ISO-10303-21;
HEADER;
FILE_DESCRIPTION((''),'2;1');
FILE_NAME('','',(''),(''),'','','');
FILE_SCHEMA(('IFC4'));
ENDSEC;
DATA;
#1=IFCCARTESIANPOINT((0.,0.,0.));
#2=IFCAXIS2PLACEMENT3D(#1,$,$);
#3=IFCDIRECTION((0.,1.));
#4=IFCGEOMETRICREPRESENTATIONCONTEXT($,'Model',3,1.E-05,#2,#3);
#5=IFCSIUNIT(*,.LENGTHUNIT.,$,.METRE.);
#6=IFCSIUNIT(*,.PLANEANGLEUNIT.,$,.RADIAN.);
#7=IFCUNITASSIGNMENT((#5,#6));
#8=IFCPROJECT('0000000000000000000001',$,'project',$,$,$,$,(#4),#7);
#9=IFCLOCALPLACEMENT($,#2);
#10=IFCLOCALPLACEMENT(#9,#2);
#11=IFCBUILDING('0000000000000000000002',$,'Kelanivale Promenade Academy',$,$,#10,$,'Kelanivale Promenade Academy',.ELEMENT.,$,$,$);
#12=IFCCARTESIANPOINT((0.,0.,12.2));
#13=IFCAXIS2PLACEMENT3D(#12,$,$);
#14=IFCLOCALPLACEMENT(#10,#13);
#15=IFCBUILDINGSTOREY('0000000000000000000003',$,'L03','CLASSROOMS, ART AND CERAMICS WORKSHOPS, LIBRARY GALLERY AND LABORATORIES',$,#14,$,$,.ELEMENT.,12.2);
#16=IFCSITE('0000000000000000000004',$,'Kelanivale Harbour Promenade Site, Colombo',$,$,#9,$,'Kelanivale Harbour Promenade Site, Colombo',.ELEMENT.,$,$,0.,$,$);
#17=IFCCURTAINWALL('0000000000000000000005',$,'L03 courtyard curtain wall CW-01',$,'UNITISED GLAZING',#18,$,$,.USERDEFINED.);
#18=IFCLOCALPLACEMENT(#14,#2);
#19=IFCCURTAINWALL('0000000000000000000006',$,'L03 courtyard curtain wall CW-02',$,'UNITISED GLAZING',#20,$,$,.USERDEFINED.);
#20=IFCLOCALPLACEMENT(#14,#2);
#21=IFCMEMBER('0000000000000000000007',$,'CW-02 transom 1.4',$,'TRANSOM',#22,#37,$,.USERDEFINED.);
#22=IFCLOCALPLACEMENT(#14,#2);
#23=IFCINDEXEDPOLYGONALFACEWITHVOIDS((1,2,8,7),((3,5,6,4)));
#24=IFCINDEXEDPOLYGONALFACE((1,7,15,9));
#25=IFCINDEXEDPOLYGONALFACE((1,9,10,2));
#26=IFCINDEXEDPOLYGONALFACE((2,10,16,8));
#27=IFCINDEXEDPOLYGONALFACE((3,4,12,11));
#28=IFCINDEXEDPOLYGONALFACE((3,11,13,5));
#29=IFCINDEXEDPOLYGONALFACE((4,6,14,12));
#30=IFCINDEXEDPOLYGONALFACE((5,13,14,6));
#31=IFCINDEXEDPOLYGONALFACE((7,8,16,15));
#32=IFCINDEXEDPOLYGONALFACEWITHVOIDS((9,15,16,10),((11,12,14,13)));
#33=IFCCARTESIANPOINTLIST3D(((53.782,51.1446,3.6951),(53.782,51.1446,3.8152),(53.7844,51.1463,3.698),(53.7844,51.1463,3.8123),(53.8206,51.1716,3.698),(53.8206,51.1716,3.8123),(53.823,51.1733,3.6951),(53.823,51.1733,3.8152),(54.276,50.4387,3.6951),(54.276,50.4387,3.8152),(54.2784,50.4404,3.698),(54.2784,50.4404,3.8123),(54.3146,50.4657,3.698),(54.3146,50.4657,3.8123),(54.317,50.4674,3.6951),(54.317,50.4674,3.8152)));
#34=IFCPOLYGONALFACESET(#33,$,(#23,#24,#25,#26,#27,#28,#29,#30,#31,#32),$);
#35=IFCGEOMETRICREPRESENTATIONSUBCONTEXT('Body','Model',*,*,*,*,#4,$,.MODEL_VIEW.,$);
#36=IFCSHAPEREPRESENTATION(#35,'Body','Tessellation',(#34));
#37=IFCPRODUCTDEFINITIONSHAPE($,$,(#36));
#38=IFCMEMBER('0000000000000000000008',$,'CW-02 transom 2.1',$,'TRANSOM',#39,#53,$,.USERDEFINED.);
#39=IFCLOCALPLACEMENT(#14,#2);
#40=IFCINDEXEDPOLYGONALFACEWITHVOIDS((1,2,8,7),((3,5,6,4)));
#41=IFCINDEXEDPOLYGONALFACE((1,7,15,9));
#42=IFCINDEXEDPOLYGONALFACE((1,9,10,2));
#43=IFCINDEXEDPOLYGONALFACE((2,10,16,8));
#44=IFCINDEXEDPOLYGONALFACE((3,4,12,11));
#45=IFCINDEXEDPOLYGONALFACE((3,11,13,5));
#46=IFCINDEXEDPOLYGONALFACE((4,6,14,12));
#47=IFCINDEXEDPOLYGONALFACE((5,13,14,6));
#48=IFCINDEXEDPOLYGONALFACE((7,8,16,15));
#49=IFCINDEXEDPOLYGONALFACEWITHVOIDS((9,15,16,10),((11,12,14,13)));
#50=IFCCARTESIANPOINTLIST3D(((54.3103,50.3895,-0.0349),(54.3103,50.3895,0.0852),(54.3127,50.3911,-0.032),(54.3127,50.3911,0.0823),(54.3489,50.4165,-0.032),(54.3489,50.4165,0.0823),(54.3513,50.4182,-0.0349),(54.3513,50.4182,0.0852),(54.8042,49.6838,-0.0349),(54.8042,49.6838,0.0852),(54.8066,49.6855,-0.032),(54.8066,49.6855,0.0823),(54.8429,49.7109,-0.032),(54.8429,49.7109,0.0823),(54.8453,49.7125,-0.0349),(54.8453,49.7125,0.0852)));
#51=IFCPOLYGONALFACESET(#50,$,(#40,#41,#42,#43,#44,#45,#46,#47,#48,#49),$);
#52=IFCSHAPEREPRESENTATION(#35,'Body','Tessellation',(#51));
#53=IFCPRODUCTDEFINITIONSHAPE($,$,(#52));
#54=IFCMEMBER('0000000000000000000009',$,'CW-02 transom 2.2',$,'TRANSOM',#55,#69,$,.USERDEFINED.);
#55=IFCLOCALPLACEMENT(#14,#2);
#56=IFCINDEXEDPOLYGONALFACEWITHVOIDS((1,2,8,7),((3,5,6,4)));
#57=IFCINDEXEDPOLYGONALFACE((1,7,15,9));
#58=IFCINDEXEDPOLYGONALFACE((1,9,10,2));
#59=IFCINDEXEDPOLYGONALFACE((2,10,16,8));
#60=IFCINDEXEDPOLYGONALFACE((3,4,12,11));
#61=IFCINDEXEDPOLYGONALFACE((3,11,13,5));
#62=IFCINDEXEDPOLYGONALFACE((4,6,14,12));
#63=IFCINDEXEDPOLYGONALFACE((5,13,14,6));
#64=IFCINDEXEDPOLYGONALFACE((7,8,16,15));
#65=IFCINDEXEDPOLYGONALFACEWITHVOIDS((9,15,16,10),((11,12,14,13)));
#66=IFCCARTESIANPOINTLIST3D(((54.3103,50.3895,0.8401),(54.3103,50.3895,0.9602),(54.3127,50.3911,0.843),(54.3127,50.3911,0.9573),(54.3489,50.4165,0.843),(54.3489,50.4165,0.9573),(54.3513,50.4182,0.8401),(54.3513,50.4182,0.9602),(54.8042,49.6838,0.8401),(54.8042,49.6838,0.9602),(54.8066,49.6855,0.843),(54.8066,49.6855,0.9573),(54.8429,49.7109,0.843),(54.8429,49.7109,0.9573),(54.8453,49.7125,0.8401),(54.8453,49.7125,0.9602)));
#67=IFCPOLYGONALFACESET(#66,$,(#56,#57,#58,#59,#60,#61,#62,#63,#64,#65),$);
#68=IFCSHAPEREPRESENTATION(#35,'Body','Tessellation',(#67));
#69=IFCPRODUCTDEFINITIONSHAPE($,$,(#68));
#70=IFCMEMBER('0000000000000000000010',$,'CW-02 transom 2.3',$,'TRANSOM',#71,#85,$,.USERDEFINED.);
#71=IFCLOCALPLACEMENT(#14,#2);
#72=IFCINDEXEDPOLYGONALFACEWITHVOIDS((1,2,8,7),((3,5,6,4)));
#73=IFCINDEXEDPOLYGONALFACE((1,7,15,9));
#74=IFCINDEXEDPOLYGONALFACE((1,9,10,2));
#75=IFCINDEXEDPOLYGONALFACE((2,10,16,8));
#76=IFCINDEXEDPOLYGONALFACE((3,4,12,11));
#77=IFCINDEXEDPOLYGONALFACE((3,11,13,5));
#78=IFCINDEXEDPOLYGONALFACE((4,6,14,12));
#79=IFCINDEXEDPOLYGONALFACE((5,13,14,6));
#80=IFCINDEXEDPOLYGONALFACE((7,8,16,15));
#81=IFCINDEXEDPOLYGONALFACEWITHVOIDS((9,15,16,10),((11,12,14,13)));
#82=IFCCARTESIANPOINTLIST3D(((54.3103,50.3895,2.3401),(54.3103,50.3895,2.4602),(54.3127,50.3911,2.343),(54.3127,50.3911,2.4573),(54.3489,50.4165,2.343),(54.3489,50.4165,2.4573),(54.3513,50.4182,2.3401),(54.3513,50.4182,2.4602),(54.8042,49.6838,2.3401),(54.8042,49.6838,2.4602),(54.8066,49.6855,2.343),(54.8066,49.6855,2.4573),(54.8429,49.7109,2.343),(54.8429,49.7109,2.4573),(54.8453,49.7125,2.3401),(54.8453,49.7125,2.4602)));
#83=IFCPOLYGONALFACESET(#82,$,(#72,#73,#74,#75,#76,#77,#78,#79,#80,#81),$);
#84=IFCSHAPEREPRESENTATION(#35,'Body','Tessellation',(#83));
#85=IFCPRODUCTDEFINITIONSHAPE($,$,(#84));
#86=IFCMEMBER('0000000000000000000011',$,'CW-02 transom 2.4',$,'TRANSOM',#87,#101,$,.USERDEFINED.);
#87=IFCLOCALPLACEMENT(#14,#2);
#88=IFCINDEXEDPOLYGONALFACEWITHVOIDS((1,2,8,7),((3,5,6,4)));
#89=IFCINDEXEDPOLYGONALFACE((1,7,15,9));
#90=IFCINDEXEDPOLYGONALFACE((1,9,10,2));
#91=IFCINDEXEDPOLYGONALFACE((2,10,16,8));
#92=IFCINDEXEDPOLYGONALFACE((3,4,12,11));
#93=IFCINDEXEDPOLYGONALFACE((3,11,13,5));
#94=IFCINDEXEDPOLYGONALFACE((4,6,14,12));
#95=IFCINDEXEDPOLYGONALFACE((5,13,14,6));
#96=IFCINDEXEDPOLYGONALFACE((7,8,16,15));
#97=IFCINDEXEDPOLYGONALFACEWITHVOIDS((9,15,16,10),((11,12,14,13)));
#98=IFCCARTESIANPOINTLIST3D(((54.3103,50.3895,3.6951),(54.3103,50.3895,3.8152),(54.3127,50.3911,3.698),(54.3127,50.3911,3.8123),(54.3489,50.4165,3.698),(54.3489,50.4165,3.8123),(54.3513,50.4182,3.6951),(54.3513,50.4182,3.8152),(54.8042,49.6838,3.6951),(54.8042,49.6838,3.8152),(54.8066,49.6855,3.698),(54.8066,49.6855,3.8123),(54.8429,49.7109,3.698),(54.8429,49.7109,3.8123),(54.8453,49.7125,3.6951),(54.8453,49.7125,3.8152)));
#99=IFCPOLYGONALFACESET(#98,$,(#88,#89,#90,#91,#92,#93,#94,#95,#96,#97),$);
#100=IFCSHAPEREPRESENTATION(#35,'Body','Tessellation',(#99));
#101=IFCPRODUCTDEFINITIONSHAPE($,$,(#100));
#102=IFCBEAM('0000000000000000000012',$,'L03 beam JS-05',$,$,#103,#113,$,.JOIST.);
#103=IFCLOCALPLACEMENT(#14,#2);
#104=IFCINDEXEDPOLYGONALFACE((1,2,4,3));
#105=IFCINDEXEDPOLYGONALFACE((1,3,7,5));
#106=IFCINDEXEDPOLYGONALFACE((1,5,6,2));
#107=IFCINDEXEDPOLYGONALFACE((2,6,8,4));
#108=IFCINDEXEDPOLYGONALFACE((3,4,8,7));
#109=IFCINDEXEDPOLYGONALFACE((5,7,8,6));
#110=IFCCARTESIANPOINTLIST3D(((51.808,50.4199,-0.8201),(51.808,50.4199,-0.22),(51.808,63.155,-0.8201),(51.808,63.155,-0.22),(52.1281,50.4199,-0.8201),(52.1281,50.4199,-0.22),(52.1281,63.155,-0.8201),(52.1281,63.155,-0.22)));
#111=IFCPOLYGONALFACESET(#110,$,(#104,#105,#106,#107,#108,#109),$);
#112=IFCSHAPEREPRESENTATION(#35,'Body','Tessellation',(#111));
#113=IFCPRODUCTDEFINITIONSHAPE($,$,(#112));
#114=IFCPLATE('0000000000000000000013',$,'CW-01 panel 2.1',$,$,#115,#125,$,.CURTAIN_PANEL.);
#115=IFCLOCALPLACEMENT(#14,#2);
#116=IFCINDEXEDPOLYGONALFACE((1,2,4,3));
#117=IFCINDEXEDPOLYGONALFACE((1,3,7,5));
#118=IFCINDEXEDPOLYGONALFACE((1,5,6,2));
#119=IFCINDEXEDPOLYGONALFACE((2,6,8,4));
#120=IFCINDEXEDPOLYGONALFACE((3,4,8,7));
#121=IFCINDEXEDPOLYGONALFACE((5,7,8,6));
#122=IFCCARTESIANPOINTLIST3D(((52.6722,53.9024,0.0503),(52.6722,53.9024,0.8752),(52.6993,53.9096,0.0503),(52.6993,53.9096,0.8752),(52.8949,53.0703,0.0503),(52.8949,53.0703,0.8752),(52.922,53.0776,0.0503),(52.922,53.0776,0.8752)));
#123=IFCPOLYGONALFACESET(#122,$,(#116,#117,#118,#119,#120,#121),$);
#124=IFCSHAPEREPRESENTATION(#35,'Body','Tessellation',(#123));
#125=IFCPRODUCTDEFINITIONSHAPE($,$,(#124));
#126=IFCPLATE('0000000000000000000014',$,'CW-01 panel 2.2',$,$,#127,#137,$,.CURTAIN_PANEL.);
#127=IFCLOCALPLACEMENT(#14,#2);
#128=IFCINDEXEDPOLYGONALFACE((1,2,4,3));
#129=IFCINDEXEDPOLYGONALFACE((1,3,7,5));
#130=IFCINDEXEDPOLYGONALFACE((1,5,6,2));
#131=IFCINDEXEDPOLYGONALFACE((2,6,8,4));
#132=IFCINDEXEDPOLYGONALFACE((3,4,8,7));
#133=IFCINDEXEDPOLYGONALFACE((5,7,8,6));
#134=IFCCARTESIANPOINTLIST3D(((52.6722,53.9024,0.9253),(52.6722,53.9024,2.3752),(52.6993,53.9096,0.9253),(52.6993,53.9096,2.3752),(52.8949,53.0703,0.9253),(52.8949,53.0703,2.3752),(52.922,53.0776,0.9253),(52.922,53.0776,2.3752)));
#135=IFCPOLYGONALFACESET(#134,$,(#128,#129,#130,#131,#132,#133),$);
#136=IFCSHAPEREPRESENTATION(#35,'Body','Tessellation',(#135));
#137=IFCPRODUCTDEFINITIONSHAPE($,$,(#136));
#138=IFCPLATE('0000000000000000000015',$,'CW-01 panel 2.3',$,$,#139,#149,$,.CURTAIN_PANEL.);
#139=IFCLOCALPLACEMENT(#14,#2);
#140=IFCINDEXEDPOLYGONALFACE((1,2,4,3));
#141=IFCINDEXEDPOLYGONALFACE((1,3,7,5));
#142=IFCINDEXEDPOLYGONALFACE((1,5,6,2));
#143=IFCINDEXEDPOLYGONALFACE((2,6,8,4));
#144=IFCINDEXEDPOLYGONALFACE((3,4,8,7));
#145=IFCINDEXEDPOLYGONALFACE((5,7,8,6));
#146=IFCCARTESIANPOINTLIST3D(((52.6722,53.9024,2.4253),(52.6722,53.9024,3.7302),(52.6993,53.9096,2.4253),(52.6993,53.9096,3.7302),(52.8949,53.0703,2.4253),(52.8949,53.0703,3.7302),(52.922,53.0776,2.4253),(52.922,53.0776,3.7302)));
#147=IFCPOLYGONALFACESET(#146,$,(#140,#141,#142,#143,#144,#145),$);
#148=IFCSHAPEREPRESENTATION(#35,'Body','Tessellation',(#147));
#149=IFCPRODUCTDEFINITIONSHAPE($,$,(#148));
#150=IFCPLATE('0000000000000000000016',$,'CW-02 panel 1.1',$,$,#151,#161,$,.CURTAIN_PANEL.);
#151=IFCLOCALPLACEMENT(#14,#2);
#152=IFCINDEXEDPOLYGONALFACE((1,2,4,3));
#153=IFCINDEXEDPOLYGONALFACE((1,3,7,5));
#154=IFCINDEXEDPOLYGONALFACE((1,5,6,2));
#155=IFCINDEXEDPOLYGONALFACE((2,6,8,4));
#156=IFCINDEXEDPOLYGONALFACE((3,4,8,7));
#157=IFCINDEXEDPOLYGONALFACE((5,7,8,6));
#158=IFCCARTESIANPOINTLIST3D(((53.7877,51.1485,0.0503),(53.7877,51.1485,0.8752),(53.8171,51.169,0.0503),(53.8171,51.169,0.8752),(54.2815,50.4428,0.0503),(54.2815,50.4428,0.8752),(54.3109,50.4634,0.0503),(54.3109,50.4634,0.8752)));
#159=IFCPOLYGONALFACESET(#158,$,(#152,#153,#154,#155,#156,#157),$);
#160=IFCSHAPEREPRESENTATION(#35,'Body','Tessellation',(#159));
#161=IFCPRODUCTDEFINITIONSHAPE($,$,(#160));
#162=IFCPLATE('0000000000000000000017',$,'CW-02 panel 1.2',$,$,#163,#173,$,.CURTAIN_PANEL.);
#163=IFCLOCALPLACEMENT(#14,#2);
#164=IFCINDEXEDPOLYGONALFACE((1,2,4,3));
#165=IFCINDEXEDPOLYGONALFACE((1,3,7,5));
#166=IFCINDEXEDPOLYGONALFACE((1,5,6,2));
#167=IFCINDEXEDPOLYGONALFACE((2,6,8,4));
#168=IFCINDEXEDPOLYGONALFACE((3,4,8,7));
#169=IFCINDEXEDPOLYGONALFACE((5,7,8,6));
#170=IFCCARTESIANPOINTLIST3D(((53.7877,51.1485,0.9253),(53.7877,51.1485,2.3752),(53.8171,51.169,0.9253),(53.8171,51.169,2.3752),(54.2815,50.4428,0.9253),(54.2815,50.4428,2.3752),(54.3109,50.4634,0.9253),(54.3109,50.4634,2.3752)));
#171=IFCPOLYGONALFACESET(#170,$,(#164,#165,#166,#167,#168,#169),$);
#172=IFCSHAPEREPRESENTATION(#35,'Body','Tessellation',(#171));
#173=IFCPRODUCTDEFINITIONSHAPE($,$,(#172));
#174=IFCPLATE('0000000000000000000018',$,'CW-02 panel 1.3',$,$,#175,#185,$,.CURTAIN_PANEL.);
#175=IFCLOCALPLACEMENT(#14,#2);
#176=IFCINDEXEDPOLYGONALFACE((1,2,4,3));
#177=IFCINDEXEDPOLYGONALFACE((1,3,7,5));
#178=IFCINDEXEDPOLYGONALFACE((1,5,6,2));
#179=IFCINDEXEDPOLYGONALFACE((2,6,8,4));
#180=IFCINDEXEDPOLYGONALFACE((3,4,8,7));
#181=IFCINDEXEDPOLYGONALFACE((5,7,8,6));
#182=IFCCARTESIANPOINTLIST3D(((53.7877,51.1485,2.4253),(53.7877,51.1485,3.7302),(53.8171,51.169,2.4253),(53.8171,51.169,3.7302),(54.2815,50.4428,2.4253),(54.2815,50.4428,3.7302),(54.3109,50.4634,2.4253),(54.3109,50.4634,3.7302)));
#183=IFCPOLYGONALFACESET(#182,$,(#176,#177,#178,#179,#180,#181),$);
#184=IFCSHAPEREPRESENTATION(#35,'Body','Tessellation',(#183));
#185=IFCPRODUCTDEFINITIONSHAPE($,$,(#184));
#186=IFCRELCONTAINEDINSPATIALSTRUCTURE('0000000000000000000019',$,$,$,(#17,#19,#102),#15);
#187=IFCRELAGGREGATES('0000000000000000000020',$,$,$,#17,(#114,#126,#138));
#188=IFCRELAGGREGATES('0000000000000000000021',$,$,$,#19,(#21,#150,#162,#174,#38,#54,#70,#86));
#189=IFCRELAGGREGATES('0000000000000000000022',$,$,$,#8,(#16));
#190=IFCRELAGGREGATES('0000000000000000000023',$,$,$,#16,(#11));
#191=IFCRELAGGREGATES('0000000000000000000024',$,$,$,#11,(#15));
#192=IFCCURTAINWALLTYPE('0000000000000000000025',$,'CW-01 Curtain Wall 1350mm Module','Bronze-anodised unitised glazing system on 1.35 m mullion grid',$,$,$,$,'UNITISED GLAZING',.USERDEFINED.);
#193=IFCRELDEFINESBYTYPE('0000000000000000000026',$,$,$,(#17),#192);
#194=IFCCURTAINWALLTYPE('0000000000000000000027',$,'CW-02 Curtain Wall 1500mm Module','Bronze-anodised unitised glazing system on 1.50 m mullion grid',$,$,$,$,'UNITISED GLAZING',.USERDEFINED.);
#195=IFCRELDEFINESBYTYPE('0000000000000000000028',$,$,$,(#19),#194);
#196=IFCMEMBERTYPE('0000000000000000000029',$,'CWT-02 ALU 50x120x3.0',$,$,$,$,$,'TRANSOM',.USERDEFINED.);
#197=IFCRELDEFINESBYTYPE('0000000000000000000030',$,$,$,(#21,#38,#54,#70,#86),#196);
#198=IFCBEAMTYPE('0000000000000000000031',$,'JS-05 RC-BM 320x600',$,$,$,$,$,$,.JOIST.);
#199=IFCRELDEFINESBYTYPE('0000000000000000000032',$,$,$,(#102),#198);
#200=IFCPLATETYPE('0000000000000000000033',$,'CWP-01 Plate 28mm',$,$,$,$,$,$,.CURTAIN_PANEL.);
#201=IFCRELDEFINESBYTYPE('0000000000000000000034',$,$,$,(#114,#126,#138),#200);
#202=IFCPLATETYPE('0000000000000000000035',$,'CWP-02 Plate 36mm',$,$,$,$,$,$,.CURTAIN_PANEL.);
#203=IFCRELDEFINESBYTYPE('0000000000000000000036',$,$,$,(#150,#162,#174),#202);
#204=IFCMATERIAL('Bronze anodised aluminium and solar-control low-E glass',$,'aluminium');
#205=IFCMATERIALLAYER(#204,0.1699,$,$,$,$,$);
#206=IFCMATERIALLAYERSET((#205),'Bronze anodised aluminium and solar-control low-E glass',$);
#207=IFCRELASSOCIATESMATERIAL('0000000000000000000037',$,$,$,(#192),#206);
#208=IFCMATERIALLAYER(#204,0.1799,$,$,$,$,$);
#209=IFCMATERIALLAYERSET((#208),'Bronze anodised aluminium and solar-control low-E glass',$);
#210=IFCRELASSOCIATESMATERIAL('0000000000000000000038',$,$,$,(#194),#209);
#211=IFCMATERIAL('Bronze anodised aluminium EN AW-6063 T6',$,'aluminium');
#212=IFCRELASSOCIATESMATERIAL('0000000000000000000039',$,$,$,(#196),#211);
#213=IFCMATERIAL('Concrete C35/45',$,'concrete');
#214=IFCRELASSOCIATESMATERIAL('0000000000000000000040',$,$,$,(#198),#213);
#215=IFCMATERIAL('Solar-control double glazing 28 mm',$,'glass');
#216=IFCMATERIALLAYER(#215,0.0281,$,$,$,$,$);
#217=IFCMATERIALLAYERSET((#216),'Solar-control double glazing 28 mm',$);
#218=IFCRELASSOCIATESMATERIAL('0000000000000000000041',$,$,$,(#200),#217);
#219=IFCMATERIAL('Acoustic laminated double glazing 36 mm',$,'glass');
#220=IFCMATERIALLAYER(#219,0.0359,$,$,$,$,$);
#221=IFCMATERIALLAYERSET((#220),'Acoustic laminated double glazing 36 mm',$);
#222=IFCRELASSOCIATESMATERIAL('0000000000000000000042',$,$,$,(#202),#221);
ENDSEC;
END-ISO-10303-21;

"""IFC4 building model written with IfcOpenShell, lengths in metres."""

from ifc_helpers import new_model, si_unit, direction, frame, origin, origin_2d, place, context, subcontext, project, spatial, rectangle, hollow_rectangle, extrude, material, layer, layer_set, material_profile, profile_set, type_object, element, aggregate, save


model = new_model("IFC4")

# Units and contexts
model_context = context("Model", 3, precision=1e-05, world=origin(), true_north=direction((0.0, 1.0)))
body_context = subcontext(model_context, "Body", "Model", "MODEL_VIEW")
ifc_project = project(units=[si_unit("LENGTHUNIT", "METRE"), si_unit("PLANEANGLEUNIT", "RADIAN")], contexts=[model_context])

# Site, building, storey
site_placement = place(None, origin())
site = spatial("IfcSite", under=ifc_project, at=site_placement, Name="Kelanivale Harbour Promenade Site, Colombo", LongName="Kelanivale Harbour Promenade Site, Colombo", CompositionType="ELEMENT", RefElevation=0.0)
building_placement = place(site_placement, origin())
building = spatial("IfcBuilding", under=site, at=building_placement, Name="Kelanivale Promenade Academy", LongName="Kelanivale Promenade Academy", CompositionType="ELEMENT")
storey_placement = place(building_placement, frame((0.0, 0.0, 12.2)))
storey = spatial("IfcBuildingStorey", under=building, at=storey_placement, Name="L03", Description="CLASSROOMS, ART AND CERAMICS WORKSHOPS, LIBRARY GALLERY AND LABORATORIES", CompositionType="ELEMENT", Elevation=12.2)

# Curtain wall
ifc_material_1 = material(Name="Bronze anodised aluminium and solar-control low-E glass", Category="aluminium")
ifc_layer_1 = layer(ifc_material_1, 0.1699)
ifc_layer_set_1 = layer_set([ifc_layer_1], Name="Bronze anodised aluminium and solar-control low-E glass")
curtain_wall_type_1 = type_object("IfcCurtainWallType", Name="CW-01 Curtain Wall 1350mm Module", Description="Bronze-anodised unitised glazing system on 1.35 m mullion grid", ElementType="UNITISED GLAZING", PredefinedType="USERDEFINED", material=ifc_layer_set_1)
curtain_wall_1_placement = place(storey_placement, origin())
curtain_wall_1 = element("IfcCurtainWall", 1, at=curtain_wall_1_placement, inside=storey, type_object=curtain_wall_type_1, Name="L03 courtyard curtain wall CW-01", ObjectType="UNITISED GLAZING", PredefinedType="USERDEFINED")
ifc_material_2 = material(Name="Bronze anodised aluminium EN AW-6063 T6", Category="aluminium")

# Curtain wall
ifc_layer_2 = layer(ifc_material_1, 0.1799)
ifc_layer_set_2 = layer_set([ifc_layer_2], Name="Bronze anodised aluminium and solar-control low-E glass")
curtain_wall_type_2 = type_object("IfcCurtainWallType", Name="CW-02 Curtain Wall 1500mm Module", Description="Bronze-anodised unitised glazing system on 1.50 m mullion grid", ElementType="UNITISED GLAZING", PredefinedType="USERDEFINED", material=ifc_layer_set_2)
curtain_wall_2_placement = place(storey_placement, origin())
curtain_wall_2 = element("IfcCurtainWall", 2, at=curtain_wall_2_placement, inside=storey, type_object=curtain_wall_type_2, Name="L03 courtyard curtain wall CW-02", ObjectType="UNITISED GLAZING", PredefinedType="USERDEFINED")

# Members
ifc_material_profile_1 = material_profile(ifc_material_2, hollow_rectangle(XDim=0.05, YDim=0.1201, WallThickness=0.0029, at=origin_2d()), Name="ALU 50x120x3.0")
ifc_profile_set_1 = profile_set([ifc_material_profile_1], Name="Bronze anodised aluminium EN AW-6063 T6")
member_type_1 = type_object("IfcMemberType", Name="CWT-02 ALU 50x120x3.0", ElementType="TRANSOM", PredefinedType="USERDEFINED", material=ifc_profile_set_1)
member_1_placement = place(storey_placement, frame((53.8025, 51.1589, 3.7551), z_axis=(0.573329, -0.819325, 0.0), x_axis=(0.819325, 0.573329, 0.0)))
member_1 = element("IfcMember", 3, at=member_1_placement, type_object=member_type_1, Name="CW-02 transom 1.4", ObjectType="TRANSOM", PredefinedType="USERDEFINED", context=body_context, shape_type="SweptSolid", body=[
    extrude(hollow_rectangle(XDim=0.05, YDim=0.1201, WallThickness=0.0029, at=origin_2d()), origin(), (0.0, 0.0, 1.0), 0.8616),
])
member_2_placement = place(storey_placement, frame((54.3308, 50.4038, 0.0251), z_axis=(0.573462, -0.819232, 0.0), x_axis=(0.819232, 0.573462, 0.0)))
member_2 = element("IfcMember", 4, at=member_2_placement, type_object=member_type_1, Name="CW-02 transom 2.1", ObjectType="TRANSOM", PredefinedType="USERDEFINED", context=body_context, shape_type="SweptSolid", body=[
    extrude(hollow_rectangle(XDim=0.05, YDim=0.1201, WallThickness=0.0029, at=origin_2d()), origin(), (0.0, 0.0, 1.0), 0.8613),
])
member_3_placement = place(storey_placement, frame((54.3308, 50.4038, 0.9001), z_axis=(0.573462, -0.819232, 0.0), x_axis=(0.819232, 0.573462, 0.0)))
member_3 = element("IfcMember", 5, at=member_3_placement, type_object=member_type_1, Name="CW-02 transom 2.2", ObjectType="TRANSOM", PredefinedType="USERDEFINED", context=body_context, shape_type="SweptSolid", body=[
    extrude(hollow_rectangle(XDim=0.05, YDim=0.1201, WallThickness=0.0029, at=origin_2d()), origin(), (0.0, 0.0, 1.0), 0.8613),
])
member_4_placement = place(storey_placement, frame((54.3308, 50.4038, 2.4001), z_axis=(0.573462, -0.819232, 0.0), x_axis=(0.819232, 0.573462, 0.0)))
member_4 = element("IfcMember", 6, at=member_4_placement, type_object=member_type_1, Name="CW-02 transom 2.3", ObjectType="TRANSOM", PredefinedType="USERDEFINED", context=body_context, shape_type="SweptSolid", body=[
    extrude(hollow_rectangle(XDim=0.05, YDim=0.1201, WallThickness=0.0029, at=origin_2d()), origin(), (0.0, 0.0, 1.0), 0.8613),
])
member_5_placement = place(storey_placement, frame((54.3308, 50.4038, 3.7551), z_axis=(0.573462, -0.819232, 0.0), x_axis=(0.819232, 0.573462, 0.0)))
member_5 = element("IfcMember", 7, at=member_5_placement, type_object=member_type_1, Name="CW-02 transom 2.4", ObjectType="TRANSOM", PredefinedType="USERDEFINED", context=body_context, shape_type="SweptSolid", body=[
    extrude(hollow_rectangle(XDim=0.05, YDim=0.1201, WallThickness=0.0029, at=origin_2d()), origin(), (0.0, 0.0, 1.0), 0.8613),
])

# Beam
ifc_material_3 = material(Name="Concrete C35/45", Category="concrete")
ifc_material_profile_2 = material_profile(ifc_material_3, rectangle(XDim=0.3201, YDim=0.6001, at=origin_2d()), Name="RC-BM 320x600")
ifc_profile_set_2 = profile_set([ifc_material_profile_2], Name="Concrete C35/45")
beam_type = type_object("IfcBeamType", Name="JS-05 RC-BM 320x600", PredefinedType="JOIST", material=ifc_profile_set_2)
beam_placement = place(storey_placement, frame((51.968, 50.4199, -0.52), z_axis=(0.0, 1.0, 0.0), x_axis=(-1.0, 0.0, 0.0)))
element("IfcBeam", 8, at=beam_placement, inside=storey, type_object=beam_type, Name="L03 beam JS-05", PredefinedType="JOIST", context=body_context, shape_type="SweptSolid", body=[
    extrude(rectangle(XDim=0.3201, YDim=0.6001, at=origin_2d()), origin(), (0.0, 0.0, 1.0), 12.7351),
])

# Plates
ifc_material_4 = material(Name="Solar-control double glazing 28 mm", Category="glass")
ifc_layer_3 = layer(ifc_material_4, 0.0281)
ifc_layer_set_3 = layer_set([ifc_layer_3], Name="Solar-control double glazing 28 mm")
plate_type_1 = type_object("IfcPlateType", Name="CWP-01 Plate 28mm", PredefinedType="CURTAIN_PANEL", material=ifc_layer_set_3)
plate_1_placement = place(storey_placement, frame((52.7971, 53.49, 0.0503), z_axis=(0.0, 0.0, 1.0), x_axis=(0.258578, -0.96599, 0.0)))
plate_1 = element("IfcPlate", 9, at=plate_1_placement, type_object=plate_type_1, Name="CW-01 panel 2.1", PredefinedType="CURTAIN_PANEL", context=body_context, shape_type="SweptSolid", body=[
    extrude(rectangle(XDim=0.8613, YDim=0.0281, at=origin_2d()), origin(), (0.0, 0.0, 1.0), 0.825),
])
plate_2_placement = place(storey_placement, frame((52.7971, 53.49, 0.9253), z_axis=(0.0, 0.0, 1.0), x_axis=(0.258578, -0.96599, 0.0)))
plate_2 = element("IfcPlate", 10, at=plate_2_placement, type_object=plate_type_1, Name="CW-01 panel 2.2", PredefinedType="CURTAIN_PANEL", context=body_context, shape_type="SweptSolid", body=[
    extrude(rectangle(XDim=0.8613, YDim=0.0281, at=origin_2d()), origin(), (0.0, 0.0, 1.0), 1.45),
])
plate_3_placement = place(storey_placement, frame((52.7971, 53.49, 2.4253), z_axis=(0.0, 0.0, 1.0), x_axis=(0.258578, -0.96599, 0.0)))
plate_3 = element("IfcPlate", 11, at=plate_3_placement, type_object=plate_type_1, Name="CW-01 panel 2.3", PredefinedType="CURTAIN_PANEL", context=body_context, shape_type="SweptSolid", body=[
    extrude(rectangle(XDim=0.8613, YDim=0.0281, at=origin_2d()), origin(), (0.0, 0.0, 1.0), 1.3049),
])
aggregate(curtain_wall_1, [plate_1, plate_2, plate_3])
ifc_material_5 = material(Name="Acoustic laminated double glazing 36 mm", Category="glass")
ifc_layer_4 = layer(ifc_material_5, 0.0359)
ifc_layer_set_4 = layer_set([ifc_layer_4], Name="Acoustic laminated double glazing 36 mm")
plate_type_2 = type_object("IfcPlateType", Name="CWP-02 Plate 36mm", PredefinedType="CURTAIN_PANEL", material=ifc_layer_set_4)
plate_4_placement = place(storey_placement, frame((54.0493, 50.8059, 0.0503), z_axis=(0.0, 0.0, 1.0), x_axis=(0.573357, -0.819306, 0.0)))
plate_4 = element("IfcPlate", 12, at=plate_4_placement, type_object=plate_type_2, Name="CW-02 panel 1.1", PredefinedType="CURTAIN_PANEL", context=body_context, shape_type="SweptSolid", body=[
    extrude(rectangle(XDim=0.8613, YDim=0.0359, at=origin_2d()), origin(), (0.0, 0.0, 1.0), 0.825),
])
plate_5_placement = place(storey_placement, frame((54.0493, 50.8059, 0.9253), z_axis=(0.0, 0.0, 1.0), x_axis=(0.573357, -0.819306, 0.0)))
plate_5 = element("IfcPlate", 13, at=plate_5_placement, type_object=plate_type_2, Name="CW-02 panel 1.2", PredefinedType="CURTAIN_PANEL", context=body_context, shape_type="SweptSolid", body=[
    extrude(rectangle(XDim=0.8613, YDim=0.0359, at=origin_2d()), origin(), (0.0, 0.0, 1.0), 1.45),
])
plate_6_placement = place(storey_placement, frame((54.0493, 50.8059, 2.4253), z_axis=(0.0, 0.0, 1.0), x_axis=(0.573357, -0.819306, 0.0)))
plate_6 = element("IfcPlate", 14, at=plate_6_placement, type_object=plate_type_2, Name="CW-02 panel 1.3", PredefinedType="CURTAIN_PANEL", context=body_context, shape_type="SweptSolid", body=[
    extrude(rectangle(XDim=0.8613, YDim=0.0359, at=origin_2d()), origin(), (0.0, 0.0, 1.0), 1.3049),
])
aggregate(curtain_wall_2, [member_1, plate_4, plate_5, plate_6, member_2, member_3, member_4, member_5])

save(model, "model.ifc")
